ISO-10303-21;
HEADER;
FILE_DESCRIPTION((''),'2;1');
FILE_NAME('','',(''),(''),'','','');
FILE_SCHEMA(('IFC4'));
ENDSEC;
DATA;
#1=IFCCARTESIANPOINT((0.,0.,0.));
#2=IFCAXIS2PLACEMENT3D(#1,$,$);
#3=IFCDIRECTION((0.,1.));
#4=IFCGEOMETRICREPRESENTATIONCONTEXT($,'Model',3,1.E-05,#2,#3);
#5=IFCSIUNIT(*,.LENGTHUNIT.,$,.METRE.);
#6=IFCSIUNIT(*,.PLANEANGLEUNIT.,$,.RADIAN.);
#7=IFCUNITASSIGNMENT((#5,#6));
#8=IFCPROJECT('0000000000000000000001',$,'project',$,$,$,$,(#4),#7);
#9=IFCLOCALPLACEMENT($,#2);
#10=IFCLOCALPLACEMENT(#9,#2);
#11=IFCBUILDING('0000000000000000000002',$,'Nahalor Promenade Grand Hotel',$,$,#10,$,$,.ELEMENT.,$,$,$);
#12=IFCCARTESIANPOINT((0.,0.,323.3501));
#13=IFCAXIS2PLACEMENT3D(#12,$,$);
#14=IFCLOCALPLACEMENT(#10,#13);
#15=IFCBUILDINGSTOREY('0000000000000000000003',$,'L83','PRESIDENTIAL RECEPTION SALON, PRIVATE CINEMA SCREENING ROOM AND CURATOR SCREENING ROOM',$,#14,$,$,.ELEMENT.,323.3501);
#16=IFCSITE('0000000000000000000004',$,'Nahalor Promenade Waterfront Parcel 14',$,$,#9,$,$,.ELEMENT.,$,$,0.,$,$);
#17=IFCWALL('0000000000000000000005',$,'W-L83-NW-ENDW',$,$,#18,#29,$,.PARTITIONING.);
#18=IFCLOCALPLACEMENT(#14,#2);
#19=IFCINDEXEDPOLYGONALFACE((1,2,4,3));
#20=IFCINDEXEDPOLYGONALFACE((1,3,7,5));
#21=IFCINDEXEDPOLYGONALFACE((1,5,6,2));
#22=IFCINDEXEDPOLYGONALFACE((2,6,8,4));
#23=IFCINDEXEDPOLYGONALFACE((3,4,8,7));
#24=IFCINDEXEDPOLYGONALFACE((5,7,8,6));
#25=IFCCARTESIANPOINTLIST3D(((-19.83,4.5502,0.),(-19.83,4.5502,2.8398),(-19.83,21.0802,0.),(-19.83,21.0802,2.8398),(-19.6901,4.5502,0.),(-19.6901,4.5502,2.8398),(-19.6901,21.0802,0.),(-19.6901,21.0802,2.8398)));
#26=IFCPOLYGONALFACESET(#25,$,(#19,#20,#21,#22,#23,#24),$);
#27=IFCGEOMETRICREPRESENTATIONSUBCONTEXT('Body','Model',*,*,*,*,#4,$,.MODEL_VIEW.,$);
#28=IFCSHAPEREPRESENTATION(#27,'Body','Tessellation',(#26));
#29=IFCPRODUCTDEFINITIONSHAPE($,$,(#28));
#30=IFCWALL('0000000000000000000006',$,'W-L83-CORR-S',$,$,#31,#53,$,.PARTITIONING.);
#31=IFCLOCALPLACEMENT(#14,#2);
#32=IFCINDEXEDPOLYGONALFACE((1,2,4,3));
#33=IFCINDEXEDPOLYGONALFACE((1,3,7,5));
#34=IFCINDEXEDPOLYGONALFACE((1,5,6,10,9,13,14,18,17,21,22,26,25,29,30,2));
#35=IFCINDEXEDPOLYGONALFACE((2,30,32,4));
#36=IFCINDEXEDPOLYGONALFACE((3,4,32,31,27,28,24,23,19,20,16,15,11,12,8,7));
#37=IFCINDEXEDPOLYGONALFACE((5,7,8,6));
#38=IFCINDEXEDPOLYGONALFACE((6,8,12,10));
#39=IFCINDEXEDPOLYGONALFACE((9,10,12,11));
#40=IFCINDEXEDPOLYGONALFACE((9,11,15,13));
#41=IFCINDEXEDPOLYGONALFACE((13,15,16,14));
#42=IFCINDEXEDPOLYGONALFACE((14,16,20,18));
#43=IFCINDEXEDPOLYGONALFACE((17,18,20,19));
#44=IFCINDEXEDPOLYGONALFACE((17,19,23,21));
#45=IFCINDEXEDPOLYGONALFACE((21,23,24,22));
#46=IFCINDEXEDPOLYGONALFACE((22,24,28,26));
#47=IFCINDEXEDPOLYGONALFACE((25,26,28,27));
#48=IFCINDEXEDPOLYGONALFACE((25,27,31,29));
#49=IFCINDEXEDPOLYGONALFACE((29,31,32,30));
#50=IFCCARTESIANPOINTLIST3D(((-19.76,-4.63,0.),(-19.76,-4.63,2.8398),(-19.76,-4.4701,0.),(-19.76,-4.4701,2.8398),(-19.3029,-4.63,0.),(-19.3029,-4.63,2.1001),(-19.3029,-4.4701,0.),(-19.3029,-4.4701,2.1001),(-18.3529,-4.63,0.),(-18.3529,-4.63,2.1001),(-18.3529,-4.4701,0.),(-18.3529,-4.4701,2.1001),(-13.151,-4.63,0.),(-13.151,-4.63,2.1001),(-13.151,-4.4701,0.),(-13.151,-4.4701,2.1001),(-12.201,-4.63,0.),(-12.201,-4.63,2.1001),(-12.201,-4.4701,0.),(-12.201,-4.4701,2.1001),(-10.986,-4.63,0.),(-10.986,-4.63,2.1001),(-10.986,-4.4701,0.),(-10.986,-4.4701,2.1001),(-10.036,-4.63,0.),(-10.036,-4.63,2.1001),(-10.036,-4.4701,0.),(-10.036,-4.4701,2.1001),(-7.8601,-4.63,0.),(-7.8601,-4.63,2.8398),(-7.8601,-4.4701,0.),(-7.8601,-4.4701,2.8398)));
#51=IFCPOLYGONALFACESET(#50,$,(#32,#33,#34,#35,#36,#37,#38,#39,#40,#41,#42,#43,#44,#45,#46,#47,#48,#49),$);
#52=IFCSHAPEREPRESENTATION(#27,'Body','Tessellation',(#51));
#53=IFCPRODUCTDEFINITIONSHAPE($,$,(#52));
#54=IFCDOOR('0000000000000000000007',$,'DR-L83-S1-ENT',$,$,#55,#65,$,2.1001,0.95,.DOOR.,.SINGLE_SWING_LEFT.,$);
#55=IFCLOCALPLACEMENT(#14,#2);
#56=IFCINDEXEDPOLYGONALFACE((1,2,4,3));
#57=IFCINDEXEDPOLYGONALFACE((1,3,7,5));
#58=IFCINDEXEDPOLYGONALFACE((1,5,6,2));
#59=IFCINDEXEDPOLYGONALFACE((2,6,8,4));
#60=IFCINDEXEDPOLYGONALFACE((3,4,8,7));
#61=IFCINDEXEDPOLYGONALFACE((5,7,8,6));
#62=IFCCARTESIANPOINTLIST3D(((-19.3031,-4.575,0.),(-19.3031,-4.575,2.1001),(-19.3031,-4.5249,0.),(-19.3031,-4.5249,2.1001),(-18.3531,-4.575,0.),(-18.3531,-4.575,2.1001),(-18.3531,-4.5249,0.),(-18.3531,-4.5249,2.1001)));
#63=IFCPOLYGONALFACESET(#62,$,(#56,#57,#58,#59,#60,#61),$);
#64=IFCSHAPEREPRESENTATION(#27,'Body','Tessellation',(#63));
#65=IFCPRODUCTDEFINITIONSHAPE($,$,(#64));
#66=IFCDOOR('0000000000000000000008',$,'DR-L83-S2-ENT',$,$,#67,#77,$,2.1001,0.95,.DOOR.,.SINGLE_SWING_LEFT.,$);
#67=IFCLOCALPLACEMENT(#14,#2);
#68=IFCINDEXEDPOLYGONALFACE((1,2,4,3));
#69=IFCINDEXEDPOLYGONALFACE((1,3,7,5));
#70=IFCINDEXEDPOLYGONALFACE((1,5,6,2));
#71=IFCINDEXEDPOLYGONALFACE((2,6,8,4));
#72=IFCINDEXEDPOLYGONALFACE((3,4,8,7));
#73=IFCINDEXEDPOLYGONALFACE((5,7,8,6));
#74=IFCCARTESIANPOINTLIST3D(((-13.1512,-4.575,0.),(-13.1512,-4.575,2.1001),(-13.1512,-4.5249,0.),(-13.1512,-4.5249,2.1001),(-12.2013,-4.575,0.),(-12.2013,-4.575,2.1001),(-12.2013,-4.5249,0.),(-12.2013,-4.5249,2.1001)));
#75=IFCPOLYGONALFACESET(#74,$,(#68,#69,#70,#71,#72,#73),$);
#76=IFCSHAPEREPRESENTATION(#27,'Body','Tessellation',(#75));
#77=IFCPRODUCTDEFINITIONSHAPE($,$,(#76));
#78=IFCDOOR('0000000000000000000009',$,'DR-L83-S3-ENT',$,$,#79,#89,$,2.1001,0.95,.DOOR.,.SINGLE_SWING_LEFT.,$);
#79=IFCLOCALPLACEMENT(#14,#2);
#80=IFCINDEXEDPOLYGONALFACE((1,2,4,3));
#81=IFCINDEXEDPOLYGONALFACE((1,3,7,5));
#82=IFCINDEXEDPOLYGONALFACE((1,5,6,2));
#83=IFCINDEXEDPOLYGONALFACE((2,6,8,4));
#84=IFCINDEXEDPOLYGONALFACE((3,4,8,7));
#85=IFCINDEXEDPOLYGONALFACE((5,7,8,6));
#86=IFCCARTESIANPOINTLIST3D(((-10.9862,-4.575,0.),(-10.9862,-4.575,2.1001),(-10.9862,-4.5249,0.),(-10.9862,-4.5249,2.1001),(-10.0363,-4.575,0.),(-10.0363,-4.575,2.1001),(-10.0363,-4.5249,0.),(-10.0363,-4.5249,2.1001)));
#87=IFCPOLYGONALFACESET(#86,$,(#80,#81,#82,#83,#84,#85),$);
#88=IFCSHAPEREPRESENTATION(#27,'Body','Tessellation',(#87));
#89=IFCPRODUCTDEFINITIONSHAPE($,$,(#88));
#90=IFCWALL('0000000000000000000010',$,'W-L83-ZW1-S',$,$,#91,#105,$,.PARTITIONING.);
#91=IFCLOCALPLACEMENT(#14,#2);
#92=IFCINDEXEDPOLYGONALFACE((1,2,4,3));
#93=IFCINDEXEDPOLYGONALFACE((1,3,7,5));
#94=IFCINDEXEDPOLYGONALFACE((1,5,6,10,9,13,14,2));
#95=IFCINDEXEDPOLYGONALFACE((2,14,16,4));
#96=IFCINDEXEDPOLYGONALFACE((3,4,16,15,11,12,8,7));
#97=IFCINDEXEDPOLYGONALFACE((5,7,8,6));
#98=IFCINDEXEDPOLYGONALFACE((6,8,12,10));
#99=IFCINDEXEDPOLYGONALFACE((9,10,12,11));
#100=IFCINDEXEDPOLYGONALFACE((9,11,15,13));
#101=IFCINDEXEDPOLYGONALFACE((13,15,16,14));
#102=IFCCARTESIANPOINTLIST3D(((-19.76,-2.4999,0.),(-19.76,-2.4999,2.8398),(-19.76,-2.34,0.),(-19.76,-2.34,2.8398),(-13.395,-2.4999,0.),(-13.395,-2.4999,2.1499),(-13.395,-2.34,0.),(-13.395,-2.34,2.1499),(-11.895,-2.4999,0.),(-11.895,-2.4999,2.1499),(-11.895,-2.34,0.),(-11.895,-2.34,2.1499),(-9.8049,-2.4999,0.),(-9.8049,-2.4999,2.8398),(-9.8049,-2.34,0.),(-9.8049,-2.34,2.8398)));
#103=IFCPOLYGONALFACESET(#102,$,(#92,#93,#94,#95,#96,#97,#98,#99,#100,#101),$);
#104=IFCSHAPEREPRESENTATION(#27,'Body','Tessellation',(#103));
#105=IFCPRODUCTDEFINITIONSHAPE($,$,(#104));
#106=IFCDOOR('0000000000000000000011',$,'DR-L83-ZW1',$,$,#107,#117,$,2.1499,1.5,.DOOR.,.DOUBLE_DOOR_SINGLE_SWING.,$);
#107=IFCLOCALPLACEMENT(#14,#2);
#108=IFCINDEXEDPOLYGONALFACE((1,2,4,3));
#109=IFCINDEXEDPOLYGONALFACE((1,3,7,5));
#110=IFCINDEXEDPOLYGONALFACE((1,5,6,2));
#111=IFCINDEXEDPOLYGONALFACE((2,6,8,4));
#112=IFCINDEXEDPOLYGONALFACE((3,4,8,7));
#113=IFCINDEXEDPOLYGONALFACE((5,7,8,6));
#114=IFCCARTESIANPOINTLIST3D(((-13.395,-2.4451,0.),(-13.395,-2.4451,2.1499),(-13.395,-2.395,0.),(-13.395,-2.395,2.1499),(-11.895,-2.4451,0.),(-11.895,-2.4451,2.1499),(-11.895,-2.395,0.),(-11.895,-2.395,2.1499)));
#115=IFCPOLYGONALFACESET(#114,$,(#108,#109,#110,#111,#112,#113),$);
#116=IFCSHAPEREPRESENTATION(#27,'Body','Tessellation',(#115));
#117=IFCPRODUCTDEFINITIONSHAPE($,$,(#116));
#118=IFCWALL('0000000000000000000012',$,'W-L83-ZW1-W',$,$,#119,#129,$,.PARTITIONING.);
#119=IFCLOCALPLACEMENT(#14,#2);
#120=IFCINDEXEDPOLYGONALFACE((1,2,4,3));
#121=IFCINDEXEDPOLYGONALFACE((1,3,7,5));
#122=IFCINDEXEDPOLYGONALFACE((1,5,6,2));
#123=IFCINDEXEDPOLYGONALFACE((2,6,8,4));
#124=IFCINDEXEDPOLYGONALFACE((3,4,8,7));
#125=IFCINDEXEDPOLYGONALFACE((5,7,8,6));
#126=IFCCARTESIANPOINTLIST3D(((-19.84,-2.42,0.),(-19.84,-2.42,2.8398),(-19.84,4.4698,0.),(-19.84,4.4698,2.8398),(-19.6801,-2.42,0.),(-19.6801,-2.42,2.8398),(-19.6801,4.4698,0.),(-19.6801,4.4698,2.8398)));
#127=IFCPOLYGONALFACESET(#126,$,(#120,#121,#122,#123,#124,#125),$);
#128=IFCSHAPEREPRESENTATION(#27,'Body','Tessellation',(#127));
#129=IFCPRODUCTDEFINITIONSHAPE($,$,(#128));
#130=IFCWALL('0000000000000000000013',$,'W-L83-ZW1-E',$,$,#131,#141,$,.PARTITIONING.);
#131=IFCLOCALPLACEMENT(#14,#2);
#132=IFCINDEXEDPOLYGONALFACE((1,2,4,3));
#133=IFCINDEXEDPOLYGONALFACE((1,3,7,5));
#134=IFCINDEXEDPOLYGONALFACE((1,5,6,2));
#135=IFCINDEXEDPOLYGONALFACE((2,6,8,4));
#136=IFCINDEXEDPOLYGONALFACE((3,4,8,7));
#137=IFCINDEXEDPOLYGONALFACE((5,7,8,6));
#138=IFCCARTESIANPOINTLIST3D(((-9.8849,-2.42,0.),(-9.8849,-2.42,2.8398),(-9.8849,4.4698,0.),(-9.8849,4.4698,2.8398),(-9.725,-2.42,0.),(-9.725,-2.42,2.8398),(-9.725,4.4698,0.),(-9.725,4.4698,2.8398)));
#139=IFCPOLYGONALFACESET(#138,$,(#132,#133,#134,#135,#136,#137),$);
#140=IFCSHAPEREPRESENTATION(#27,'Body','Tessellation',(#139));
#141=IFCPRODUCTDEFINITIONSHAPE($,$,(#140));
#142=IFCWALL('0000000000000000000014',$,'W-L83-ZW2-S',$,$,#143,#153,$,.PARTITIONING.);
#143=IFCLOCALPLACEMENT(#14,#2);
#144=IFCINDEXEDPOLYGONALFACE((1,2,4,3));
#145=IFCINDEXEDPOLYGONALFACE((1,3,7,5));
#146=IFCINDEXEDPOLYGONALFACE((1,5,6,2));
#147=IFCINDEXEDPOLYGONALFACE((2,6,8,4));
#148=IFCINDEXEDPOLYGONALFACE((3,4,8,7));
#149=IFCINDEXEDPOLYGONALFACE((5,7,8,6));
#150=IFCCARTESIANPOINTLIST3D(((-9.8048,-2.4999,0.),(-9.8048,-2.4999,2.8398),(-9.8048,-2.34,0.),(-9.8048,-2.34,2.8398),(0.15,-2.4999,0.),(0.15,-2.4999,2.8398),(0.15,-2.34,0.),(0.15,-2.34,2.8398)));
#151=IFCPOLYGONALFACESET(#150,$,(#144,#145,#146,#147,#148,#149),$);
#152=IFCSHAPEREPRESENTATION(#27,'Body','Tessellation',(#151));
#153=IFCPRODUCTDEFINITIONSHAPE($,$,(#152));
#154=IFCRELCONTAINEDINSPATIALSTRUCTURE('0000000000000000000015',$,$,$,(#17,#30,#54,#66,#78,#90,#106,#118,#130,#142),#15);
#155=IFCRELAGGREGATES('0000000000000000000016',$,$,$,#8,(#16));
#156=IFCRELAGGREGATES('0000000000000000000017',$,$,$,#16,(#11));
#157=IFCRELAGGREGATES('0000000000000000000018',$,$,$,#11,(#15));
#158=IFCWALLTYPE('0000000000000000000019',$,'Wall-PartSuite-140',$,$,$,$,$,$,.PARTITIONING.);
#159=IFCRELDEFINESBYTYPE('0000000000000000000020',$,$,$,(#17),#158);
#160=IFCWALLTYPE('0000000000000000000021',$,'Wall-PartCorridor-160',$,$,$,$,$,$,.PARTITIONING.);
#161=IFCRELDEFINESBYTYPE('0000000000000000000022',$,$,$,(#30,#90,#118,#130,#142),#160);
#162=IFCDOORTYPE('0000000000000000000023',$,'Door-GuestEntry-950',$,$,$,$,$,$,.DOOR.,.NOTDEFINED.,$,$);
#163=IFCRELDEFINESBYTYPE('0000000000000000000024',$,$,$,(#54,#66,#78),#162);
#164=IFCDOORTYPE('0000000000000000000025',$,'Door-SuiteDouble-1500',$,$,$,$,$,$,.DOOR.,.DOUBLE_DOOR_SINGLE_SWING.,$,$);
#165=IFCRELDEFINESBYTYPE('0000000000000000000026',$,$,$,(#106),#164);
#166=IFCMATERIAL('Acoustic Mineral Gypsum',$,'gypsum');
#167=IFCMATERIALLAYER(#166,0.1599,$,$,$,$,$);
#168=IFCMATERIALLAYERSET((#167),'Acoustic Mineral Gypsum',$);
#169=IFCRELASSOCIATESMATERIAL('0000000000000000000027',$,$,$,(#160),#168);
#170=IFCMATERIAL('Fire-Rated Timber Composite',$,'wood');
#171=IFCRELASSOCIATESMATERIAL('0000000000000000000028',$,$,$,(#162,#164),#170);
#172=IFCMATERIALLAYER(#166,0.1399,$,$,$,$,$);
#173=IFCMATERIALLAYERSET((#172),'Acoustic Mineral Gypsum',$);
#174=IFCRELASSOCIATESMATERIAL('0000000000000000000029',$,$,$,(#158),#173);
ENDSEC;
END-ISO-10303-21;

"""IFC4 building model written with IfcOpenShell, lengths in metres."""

from ifc_helpers import new_model, si_unit, direction, frame, frame_2d, origin, place, context, subcontext, project, spatial, rectangle, extrude, source, transform, mapped, material, layer, layer_set, type_object, element, fill, save


model = new_model("IFC4")

# Units and contexts
model_context = context("Model", 3, precision=1e-05, world=origin(), true_north=direction((0.0, 1.0)))
body_context = subcontext(model_context, "Body", "Model", "MODEL_VIEW")
ifc_project = project(units=[si_unit("LENGTHUNIT", "METRE"), si_unit("PLANEANGLEUNIT", "RADIAN")], contexts=[model_context])

# Site, building, storey
site_placement = place(None, origin())
site = spatial("IfcSite", under=ifc_project, at=site_placement, Name="Nahalor Promenade Waterfront Parcel 14", CompositionType="ELEMENT", RefElevation=0.0)
building_placement = place(site_placement, origin())
building = spatial("IfcBuilding", under=site, at=building_placement, Name="Nahalor Promenade Grand Hotel", CompositionType="ELEMENT")
storey_placement = place(building_placement, frame((0.0, 0.0, 323.3501)))
storey = spatial("IfcBuildingStorey", under=building, at=storey_placement, Name="L83", Description="PRESIDENTIAL RECEPTION SALON, PRIVATE CINEMA SCREENING ROOM AND CURATOR SCREENING ROOM", CompositionType="ELEMENT", Elevation=323.3501)

# Shared definitions
ifc_material_1 = material(Name="Acoustic Mineral Gypsum", Category="gypsum")
ifc_layer_1 = layer(ifc_material_1, 0.1599)
ifc_layer_set_1 = layer_set([ifc_layer_1], Name="Acoustic Mineral Gypsum")
wall_type_1 = type_object("IfcWallType", Name="Wall-PartCorridor-160", PredefinedType="PARTITIONING", material=ifc_layer_set_1)
ifc_material_2 = material(Name="Fire-Rated Timber Composite", Category="wood")
door_type_1 = type_object("IfcDoorType", Name="Door-GuestEntry-950", OperationType="NOTDEFINED", PredefinedType="DOOR", material=ifc_material_2)
shared_shape_1 = source(origin(), body_context, "Body", "SweptSolid", [
    extrude(rectangle(XDim=0.95, YDim=2.1001, at=frame_2d((0.4751, 1.05))), frame((0.0, 0.0249, 0.0), z_axis=(0.0, -1.0, 0.0), x_axis=(1.0, 0.0, 0.0)), (0.0, 0.0, 1.0), 0.05),
])

# Wall
ifc_layer_2 = layer(ifc_material_1, 0.1399)
ifc_layer_set_2 = layer_set([ifc_layer_2], Name="Acoustic Mineral Gypsum")
wall_type_2 = type_object("IfcWallType", Name="Wall-PartSuite-140", PredefinedType="PARTITIONING", material=ifc_layer_set_2)
shared_shape_2 = source(origin(), body_context, "Body", "SweptSolid", [
    extrude(rectangle(XDim=16.53, YDim=0.1399, at=frame_2d((8.2651, 0.0))), origin(), (0.0, 0.0, 1.0), 2.8398),
])
wall_1_placement = place(storey_placement, frame((-19.76, 4.55, 0.0), z_axis=(0.0, 0.0, 1.0), x_axis=(0.0, 1.0, 0.0)))
element("IfcWall", 1, at=wall_1_placement, inside=storey, type_object=wall_type_2, Name="W-L83-NW-ENDW", PredefinedType="PARTITIONING", context=body_context, shape_type="MappedRepresentation", body=[
    mapped(shared_shape_2, transform((0.0, 0.0, 0.0), scale=1.0)),
])

# Wall, openings, doors
shared_shape_3 = source(origin(), body_context, "Body", "SweptSolid", [
    extrude(rectangle(XDim=11.8999, YDim=0.1599, at=frame_2d((5.95, 0.0))), origin(), (0.0, 0.0, 1.0), 2.8398),
])
wall_2_placement = place(storey_placement, frame((-19.76, -4.55, 0.0), z_axis=(0.0, 0.0, 1.0), x_axis=(1.0, 0.0, 0.0)))
wall_2 = element("IfcWall", 2, at=wall_2_placement, inside=storey, type_object=wall_type_1, Name="W-L83-CORR-S", PredefinedType="PARTITIONING", context=body_context, shape_type="MappedRepresentation", body=[
    mapped(shared_shape_3, transform((0.0, 0.0, 0.0), scale=1.0)),
])
opening_1_placement = place(wall_2_placement, frame((0.457, 0.0, 0.0)))
opening_1 = element("IfcOpeningElement", 3, at=opening_1_placement, cuts=wall_2, PredefinedType="OPENING", context=body_context, shape_type="SweptSolid", body=[
    extrude(rectangle(XDim=0.95, YDim=2.1001, at=frame_2d((0.4751, 1.05))), frame((0.0, 0.0898, 0.0), z_axis=(0.0, -1.0, 0.0), x_axis=(1.0, 0.0, 0.0)), (0.0, 0.0, 1.0), 0.1799),
])
opening_2_placement = place(wall_2_placement, frame((6.6089, 0.0, 0.0)))
opening_2 = element("IfcOpeningElement", 4, at=opening_2_placement, cuts=wall_2, PredefinedType="OPENING", context=body_context, shape_type="SweptSolid", body=[
    extrude(rectangle(XDim=0.95, YDim=2.1001, at=frame_2d((0.4751, 1.05))), frame((0.0, 0.0898, 0.0), z_axis=(0.0, -1.0, 0.0), x_axis=(1.0, 0.0, 0.0)), (0.0, 0.0, 1.0), 0.1799),
])
opening_3_placement = place(wall_2_placement, frame((8.7739, 0.0, 0.0)))
opening_3 = element("IfcOpeningElement", 5, at=opening_3_placement, cuts=wall_2, PredefinedType="OPENING", context=body_context, shape_type="SweptSolid", body=[
    extrude(rectangle(XDim=0.95, YDim=2.1001, at=frame_2d((0.4751, 1.05))), frame((0.0, 0.0898, 0.0), z_axis=(0.0, -1.0, 0.0), x_axis=(1.0, 0.0, 0.0)), (0.0, 0.0, 1.0), 0.1799),
])
door_1_placement = place(opening_1_placement, frame((0.95, 0.0, 0.0), z_axis=(0.0, 0.0, 1.0), x_axis=(-1.0, 0.0, 0.0)))
door_1 = element("IfcDoor", 6, at=door_1_placement, inside=storey, type_object=door_type_1, Name="DR-L83-S1-ENT", OperationType="SINGLE_SWING_LEFT", OverallHeight=2.1001, OverallWidth=0.95, PredefinedType="DOOR", context=body_context, shape_type="MappedRepresentation", body=[
    mapped(shared_shape_1, transform((0.0, 0.0, 0.0), scale=1.0)),
])
fill(opening_1, door_1)
door_2_placement = place(opening_2_placement, frame((0.95, 0.0, 0.0), z_axis=(0.0, 0.0, 1.0), x_axis=(-1.0, 0.0, 0.0)))
door_2 = element("IfcDoor", 7, at=door_2_placement, inside=storey, type_object=door_type_1, Name="DR-L83-S2-ENT", OperationType="SINGLE_SWING_LEFT", OverallHeight=2.1001, OverallWidth=0.95, PredefinedType="DOOR", context=body_context, shape_type="MappedRepresentation", body=[
    mapped(shared_shape_1, transform((0.0, 0.0, 0.0), scale=1.0)),
])
fill(opening_2, door_2)
door_3_placement = place(opening_3_placement, frame((0.95, 0.0, 0.0), z_axis=(0.0, 0.0, 1.0), x_axis=(-1.0, 0.0, 0.0)))
door_3 = element("IfcDoor", 8, at=door_3_placement, inside=storey, type_object=door_type_1, Name="DR-L83-S3-ENT", OperationType="SINGLE_SWING_LEFT", OverallHeight=2.1001, OverallWidth=0.95, PredefinedType="DOOR", context=body_context, shape_type="MappedRepresentation", body=[
    mapped(shared_shape_1, transform((0.0, 0.0, 0.0), scale=1.0)),
])
fill(opening_3, door_3)

# Wall, opening, door
shared_shape_4 = source(origin(), body_context, "Body", "SweptSolid", [
    extrude(rectangle(XDim=9.9551, YDim=0.1599, at=frame_2d((4.9775, 0.0))), origin(), (0.0, 0.0, 1.0), 2.8398),
])
wall_3_placement = place(storey_placement, frame((-19.76, -2.4199, 0.0), z_axis=(0.0, 0.0, 1.0), x_axis=(1.0, 0.0, 0.0)))
wall_3 = element("IfcWall", 9, at=wall_3_placement, inside=storey, type_object=wall_type_1, Name="W-L83-ZW1-S", PredefinedType="PARTITIONING", context=body_context, shape_type="MappedRepresentation", body=[
    mapped(shared_shape_4, transform((0.0, 0.0, 0.0), scale=1.0)),
])
opening_4_placement = place(wall_3_placement, frame((6.365, 0.0, 0.0)))
opening_4 = element("IfcOpeningElement", 10, at=opening_4_placement, cuts=wall_3, PredefinedType="OPENING", context=body_context, shape_type="SweptSolid", body=[
    extrude(rectangle(XDim=1.5, YDim=2.1499, at=frame_2d((0.75, 1.075))), frame((0.0, 0.0898, 0.0), z_axis=(0.0, -1.0, 0.0), x_axis=(1.0, 0.0, 0.0)), (0.0, 0.0, 1.0), 0.1799),
])
door_type_2 = type_object("IfcDoorType", Name="Door-SuiteDouble-1500", OperationType="DOUBLE_DOOR_SINGLE_SWING", PredefinedType="DOOR", material=ifc_material_2)
shared_shape_5 = source(origin(), body_context, "Body", "SweptSolid", [
    extrude(rectangle(XDim=1.5, YDim=2.1499, at=frame_2d((0.75, 1.075))), frame((0.0, 0.0249, 0.0), z_axis=(0.0, -1.0, 0.0), x_axis=(1.0, 0.0, 0.0)), (0.0, 0.0, 1.0), 0.05),
])
door_4_placement = place(opening_4_placement, origin())
door_4 = element("IfcDoor", 11, at=door_4_placement, inside=storey, type_object=door_type_2, Name="DR-L83-ZW1", OperationType="DOUBLE_DOOR_SINGLE_SWING", OverallHeight=2.1499, OverallWidth=1.5, PredefinedType="DOOR", context=body_context, shape_type="MappedRepresentation", body=[
    mapped(shared_shape_5, transform((0.0, 0.0, 0.0), scale=1.0)),
])
fill(opening_4, door_4)

# Walls
shared_shape_6 = source(origin(), body_context, "Body", "SweptSolid", [
    extrude(rectangle(XDim=6.8899, YDim=0.1599, at=frame_2d((3.4448, 0.0))), origin(), (0.0, 0.0, 1.0), 2.8398),
])
for number, where, z_axis, x_axis, name in (
    (12, (-19.76, -2.4199, 0.0), (0.0, 0.0, 1.0), (0.0, 1.0, 0.0), "W-L83-ZW1-W"),
    (13, (-9.8049, -2.4199, 0.0), (0.0, 0.0, 1.0), (0.0, 1.0, 0.0), "W-L83-ZW1-E"),
):
    element("IfcWall", number, at=place(storey_placement, frame(where, z_axis=z_axis, x_axis=x_axis)), inside=storey, type_object=wall_type_1, Name=name, PredefinedType="PARTITIONING", context=body_context, shape_type="MappedRepresentation", body=[
        mapped(shared_shape_6, transform((0.0, 0.0, 0.0), scale=1.0)),
    ])
shared_shape_7 = source(origin(), body_context, "Body", "SweptSolid", [
    extrude(rectangle(XDim=9.9548, YDim=0.1599, at=frame_2d((4.9775, 0.0))), origin(), (0.0, 0.0, 1.0), 2.8398),
])
wall_4_placement = place(storey_placement, frame((-9.8049, -2.4199, 0.0), z_axis=(0.0, 0.0, 1.0), x_axis=(1.0, 0.0, 0.0)))
element("IfcWall", 14, at=wall_4_placement, inside=storey, type_object=wall_type_1, Name="W-L83-ZW2-S", PredefinedType="PARTITIONING", context=body_context, shape_type="MappedRepresentation", body=[
    mapped(shared_shape_7, transform((0.0, 0.0, 0.0), scale=1.0)),
])

save(model, "model.ifc")
